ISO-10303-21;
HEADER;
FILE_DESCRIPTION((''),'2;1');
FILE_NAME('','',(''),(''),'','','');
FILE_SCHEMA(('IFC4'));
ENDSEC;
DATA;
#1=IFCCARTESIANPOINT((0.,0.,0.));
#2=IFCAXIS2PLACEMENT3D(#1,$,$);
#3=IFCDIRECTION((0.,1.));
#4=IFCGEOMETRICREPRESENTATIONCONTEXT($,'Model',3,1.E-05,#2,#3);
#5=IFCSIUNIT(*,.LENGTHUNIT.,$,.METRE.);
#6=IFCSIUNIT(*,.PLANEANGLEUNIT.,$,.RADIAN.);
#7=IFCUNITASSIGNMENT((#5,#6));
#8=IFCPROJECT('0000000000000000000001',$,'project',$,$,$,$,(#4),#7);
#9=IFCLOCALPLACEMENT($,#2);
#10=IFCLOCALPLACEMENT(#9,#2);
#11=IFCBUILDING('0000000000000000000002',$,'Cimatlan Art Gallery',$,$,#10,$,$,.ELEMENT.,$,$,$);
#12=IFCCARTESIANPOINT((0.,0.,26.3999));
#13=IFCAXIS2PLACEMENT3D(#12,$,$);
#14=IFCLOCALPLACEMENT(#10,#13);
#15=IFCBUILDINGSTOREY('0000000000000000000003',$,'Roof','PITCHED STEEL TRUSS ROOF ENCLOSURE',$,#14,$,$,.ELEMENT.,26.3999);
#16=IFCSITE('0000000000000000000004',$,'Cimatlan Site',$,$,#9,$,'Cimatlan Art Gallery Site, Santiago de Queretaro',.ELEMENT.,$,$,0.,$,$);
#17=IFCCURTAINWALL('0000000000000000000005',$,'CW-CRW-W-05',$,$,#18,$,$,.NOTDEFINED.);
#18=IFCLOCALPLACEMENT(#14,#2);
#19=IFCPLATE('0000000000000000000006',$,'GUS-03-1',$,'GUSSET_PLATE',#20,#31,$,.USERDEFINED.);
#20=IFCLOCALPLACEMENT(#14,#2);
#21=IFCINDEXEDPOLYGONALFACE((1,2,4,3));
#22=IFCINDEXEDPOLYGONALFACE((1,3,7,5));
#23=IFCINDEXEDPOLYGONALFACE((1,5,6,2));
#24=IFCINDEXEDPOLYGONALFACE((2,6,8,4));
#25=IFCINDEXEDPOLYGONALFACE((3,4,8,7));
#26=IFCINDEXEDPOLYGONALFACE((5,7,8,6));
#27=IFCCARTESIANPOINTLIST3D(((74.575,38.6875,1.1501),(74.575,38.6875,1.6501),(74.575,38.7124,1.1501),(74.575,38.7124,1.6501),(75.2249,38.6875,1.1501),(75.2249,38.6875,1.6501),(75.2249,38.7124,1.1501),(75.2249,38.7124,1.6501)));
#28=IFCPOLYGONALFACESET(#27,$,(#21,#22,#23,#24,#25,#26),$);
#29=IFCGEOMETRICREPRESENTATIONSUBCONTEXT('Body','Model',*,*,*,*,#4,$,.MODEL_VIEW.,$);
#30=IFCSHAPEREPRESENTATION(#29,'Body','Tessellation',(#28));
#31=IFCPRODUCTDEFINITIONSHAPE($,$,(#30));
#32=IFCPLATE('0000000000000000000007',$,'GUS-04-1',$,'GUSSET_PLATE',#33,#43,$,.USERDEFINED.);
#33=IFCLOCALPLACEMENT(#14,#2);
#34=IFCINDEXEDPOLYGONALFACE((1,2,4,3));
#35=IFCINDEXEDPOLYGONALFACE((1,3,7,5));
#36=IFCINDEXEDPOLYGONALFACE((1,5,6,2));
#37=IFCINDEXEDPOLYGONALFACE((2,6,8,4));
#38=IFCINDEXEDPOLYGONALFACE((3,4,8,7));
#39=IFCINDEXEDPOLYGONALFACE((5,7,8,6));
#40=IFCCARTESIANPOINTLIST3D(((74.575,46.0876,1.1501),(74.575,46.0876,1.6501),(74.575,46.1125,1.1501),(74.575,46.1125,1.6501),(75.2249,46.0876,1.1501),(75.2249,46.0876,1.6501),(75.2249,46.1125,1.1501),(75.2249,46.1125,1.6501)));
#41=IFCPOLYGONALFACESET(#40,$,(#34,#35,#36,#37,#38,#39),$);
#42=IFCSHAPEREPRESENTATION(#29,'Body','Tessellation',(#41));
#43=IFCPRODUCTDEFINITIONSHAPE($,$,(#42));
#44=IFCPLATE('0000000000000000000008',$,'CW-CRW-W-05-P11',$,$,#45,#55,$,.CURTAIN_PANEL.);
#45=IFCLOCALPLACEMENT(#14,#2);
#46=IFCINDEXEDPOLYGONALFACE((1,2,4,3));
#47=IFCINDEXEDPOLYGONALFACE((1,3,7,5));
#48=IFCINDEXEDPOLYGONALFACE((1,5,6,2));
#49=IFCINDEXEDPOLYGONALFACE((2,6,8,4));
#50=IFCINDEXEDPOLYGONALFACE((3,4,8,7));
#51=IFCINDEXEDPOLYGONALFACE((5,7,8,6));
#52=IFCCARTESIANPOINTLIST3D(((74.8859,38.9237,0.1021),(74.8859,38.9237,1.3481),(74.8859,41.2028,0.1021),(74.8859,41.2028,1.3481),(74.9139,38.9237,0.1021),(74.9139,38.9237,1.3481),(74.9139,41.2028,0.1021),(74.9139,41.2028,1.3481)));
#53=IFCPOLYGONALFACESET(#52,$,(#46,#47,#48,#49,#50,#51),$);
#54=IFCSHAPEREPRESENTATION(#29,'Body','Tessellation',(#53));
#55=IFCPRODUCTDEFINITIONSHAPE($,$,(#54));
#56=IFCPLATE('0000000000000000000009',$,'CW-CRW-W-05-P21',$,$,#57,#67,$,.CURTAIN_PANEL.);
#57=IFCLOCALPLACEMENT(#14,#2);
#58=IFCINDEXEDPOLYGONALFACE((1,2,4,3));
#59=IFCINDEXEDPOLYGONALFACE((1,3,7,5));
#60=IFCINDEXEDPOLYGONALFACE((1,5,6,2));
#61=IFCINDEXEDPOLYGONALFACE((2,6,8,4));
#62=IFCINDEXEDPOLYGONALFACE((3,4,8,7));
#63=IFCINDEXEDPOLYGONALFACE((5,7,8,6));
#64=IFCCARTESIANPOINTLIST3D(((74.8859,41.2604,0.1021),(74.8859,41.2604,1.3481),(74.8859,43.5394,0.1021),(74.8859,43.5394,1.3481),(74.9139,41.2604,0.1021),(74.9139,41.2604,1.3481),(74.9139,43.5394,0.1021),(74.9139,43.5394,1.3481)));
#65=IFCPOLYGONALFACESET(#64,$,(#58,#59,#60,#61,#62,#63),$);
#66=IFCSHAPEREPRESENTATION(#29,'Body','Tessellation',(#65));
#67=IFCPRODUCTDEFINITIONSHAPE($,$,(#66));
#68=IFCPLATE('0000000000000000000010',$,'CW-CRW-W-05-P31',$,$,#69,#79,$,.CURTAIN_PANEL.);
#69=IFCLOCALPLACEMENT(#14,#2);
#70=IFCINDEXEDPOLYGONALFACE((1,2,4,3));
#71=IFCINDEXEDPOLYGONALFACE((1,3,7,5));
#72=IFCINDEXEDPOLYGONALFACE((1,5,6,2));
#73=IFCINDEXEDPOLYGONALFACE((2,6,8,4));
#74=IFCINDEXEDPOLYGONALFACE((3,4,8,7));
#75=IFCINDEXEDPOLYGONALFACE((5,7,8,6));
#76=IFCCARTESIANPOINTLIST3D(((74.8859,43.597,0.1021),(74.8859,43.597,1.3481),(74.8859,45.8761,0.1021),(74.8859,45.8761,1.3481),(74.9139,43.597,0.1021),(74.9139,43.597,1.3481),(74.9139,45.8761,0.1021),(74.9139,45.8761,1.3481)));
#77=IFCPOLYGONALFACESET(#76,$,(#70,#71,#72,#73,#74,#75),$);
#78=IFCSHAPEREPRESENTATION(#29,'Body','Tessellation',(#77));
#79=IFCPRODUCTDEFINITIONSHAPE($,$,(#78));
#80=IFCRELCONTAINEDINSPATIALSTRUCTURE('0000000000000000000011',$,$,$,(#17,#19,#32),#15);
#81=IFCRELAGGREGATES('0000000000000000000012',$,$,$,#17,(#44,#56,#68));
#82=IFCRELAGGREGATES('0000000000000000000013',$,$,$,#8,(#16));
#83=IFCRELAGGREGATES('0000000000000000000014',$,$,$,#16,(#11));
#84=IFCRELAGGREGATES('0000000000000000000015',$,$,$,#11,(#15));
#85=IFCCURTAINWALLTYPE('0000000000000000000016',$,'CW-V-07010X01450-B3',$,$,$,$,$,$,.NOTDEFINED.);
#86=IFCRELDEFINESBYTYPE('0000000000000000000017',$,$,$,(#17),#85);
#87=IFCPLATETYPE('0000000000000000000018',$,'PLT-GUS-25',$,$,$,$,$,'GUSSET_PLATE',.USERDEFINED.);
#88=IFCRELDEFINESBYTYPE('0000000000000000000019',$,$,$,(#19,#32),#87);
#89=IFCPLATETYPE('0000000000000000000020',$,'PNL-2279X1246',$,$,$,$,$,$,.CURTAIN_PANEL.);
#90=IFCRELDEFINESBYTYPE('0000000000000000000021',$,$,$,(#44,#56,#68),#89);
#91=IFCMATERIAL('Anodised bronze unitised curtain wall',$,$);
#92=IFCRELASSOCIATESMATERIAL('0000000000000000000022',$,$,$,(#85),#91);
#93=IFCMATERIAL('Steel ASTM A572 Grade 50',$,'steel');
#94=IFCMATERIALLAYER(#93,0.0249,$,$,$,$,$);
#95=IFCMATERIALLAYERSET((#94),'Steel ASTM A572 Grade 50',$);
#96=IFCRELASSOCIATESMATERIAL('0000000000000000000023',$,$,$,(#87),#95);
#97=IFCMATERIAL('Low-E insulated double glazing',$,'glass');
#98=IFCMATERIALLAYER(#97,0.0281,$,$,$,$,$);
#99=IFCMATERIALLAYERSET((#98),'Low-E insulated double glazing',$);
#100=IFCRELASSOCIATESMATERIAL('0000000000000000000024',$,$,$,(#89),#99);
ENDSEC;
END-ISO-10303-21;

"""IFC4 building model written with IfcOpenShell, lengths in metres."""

from ifc_helpers import new_model, si_unit, direction, frame, origin, origin_2d, place, context, subcontext, project, spatial, rectangle, extrude, material, layer, layer_set, type_object, element, aggregate, save


model = new_model("IFC4")

# Units and contexts
model_context = context("Model", 3, precision=1e-05, world=origin(), true_north=direction((0.0, 1.0)))
body_context = subcontext(model_context, "Body", "Model", "MODEL_VIEW")
ifc_project = project(units=[si_unit("LENGTHUNIT", "METRE"), si_unit("PLANEANGLEUNIT", "RADIAN")], contexts=[model_context])

# Site, building, storey
site_placement = place(None, origin())
site = spatial("IfcSite", under=ifc_project, at=site_placement, Name="Cimatlan Site", LongName="Cimatlan Art Gallery Site, Santiago de Queretaro", CompositionType="ELEMENT", RefElevation=0.0)
building_placement = place(site_placement, origin())
building = spatial("IfcBuilding", under=site, at=building_placement, Name="Cimatlan Art Gallery", CompositionType="ELEMENT")
storey_placement = place(building_placement, frame((0.0, 0.0, 26.3999)))
storey = spatial("IfcBuildingStorey", under=building, at=storey_placement, Name="Roof", Description="PITCHED STEEL TRUSS ROOF ENCLOSURE", CompositionType="ELEMENT", Elevation=26.3999)

# Curtain wall
ifc_material_1 = material(Name="Anodised bronze unitised curtain wall")
curtain_wall_type = type_object("IfcCurtainWallType", Name="CW-V-07010X01450-B3", PredefinedType="NOTDEFINED", material=ifc_material_1)
curtain_wall_placement = place(storey_placement, origin())
curtain_wall = element("IfcCurtainWall", 1, at=curtain_wall_placement, inside=storey, type_object=curtain_wall_type, Name="CW-CRW-W-05", PredefinedType="NOTDEFINED")

# Plates
ifc_material_2 = material(Name="Steel ASTM A572 Grade 50", Category="steel")
ifc_layer_1 = layer(ifc_material_2, 0.0249)
ifc_layer_set_1 = layer_set([ifc_layer_1], Name="Steel ASTM A572 Grade 50")
plate_type_1 = type_object("IfcPlateType", Name="PLT-GUS-25", ElementType="GUSSET_PLATE", PredefinedType="USERDEFINED", material=ifc_layer_set_1)
for number, where, z_axis, x_axis, name in (
    (2, (74.8999, 38.7, 1.1501), (0.0, 0.0, 1.0), (1.0, 0.0, 0.0), "GUS-03-1"),
    (3, (74.8999, 46.1001, 1.1501), (0.0, 0.0, 1.0), (1.0, 0.0, 0.0), "GUS-04-1"),
):
    element("IfcPlate", number, at=place(storey_placement, frame(where, z_axis=z_axis, x_axis=x_axis)), inside=storey, type_object=plate_type_1, Name=name, ObjectType="GUSSET_PLATE", PredefinedType="USERDEFINED", context=body_context, shape_type="SweptSolid", body=[
        extrude(rectangle(XDim=0.6499, YDim=0.0249, at=origin_2d()), origin(), (0.0, 0.0, 1.0), 0.5),
    ])

# Plates
ifc_material_3 = material(Name="Low-E insulated double glazing", Category="glass")
ifc_layer_2 = layer(ifc_material_3, 0.0281)
ifc_layer_set_2 = layer_set([ifc_layer_2], Name="Low-E insulated double glazing")
plate_type_2 = type_object("IfcPlateType", Name="PNL-2279X1246", PredefinedType="CURTAIN_PANEL", material=ifc_layer_set_2)
plate_1_placement = place(storey_placement, frame((74.8999, 40.0632, 0.1021), z_axis=(0.0, 0.0, 1.0), x_axis=(0.0, 1.0, 0.0)))
plate_1 = element("IfcPlate", 4, at=plate_1_placement, type_object=plate_type_2, Name="CW-CRW-W-05-P11", PredefinedType="CURTAIN_PANEL", context=body_context, shape_type="SweptSolid", body=[
    extrude(rectangle(XDim=2.2791, YDim=0.0281, at=origin_2d()), origin(), (0.0, 0.0, 1.0), 1.2461),
])
plate_2_placement = place(storey_placement, frame((74.8999, 42.3999, 0.1021), z_axis=(0.0, 0.0, 1.0), x_axis=(0.0, 1.0, 0.0)))
plate_2 = element("IfcPlate", 5, at=plate_2_placement, type_object=plate_type_2, Name="CW-CRW-W-05-P21", PredefinedType="CURTAIN_PANEL", context=body_context, shape_type="SweptSolid", body=[
    extrude(rectangle(XDim=2.2791, YDim=0.0281, at=origin_2d()), origin(), (0.0, 0.0, 1.0), 1.2461),
])
plate_3_placement = place(storey_placement, frame((74.8999, 44.7366, 0.1021), z_axis=(0.0, 0.0, 1.0), x_axis=(0.0, 1.0, 0.0)))
plate_3 = element("IfcPlate", 6, at=plate_3_placement, type_object=plate_type_2, Name="CW-CRW-W-05-P31", PredefinedType="CURTAIN_PANEL", context=body_context, shape_type="SweptSolid", body=[
    extrude(rectangle(XDim=2.2791, YDim=0.0281, at=origin_2d()), origin(), (0.0, 0.0, 1.0), 1.2461),
])
aggregate(curtain_wall, [plate_1, plate_2, plate_3])

save(model, "model.ifc")
